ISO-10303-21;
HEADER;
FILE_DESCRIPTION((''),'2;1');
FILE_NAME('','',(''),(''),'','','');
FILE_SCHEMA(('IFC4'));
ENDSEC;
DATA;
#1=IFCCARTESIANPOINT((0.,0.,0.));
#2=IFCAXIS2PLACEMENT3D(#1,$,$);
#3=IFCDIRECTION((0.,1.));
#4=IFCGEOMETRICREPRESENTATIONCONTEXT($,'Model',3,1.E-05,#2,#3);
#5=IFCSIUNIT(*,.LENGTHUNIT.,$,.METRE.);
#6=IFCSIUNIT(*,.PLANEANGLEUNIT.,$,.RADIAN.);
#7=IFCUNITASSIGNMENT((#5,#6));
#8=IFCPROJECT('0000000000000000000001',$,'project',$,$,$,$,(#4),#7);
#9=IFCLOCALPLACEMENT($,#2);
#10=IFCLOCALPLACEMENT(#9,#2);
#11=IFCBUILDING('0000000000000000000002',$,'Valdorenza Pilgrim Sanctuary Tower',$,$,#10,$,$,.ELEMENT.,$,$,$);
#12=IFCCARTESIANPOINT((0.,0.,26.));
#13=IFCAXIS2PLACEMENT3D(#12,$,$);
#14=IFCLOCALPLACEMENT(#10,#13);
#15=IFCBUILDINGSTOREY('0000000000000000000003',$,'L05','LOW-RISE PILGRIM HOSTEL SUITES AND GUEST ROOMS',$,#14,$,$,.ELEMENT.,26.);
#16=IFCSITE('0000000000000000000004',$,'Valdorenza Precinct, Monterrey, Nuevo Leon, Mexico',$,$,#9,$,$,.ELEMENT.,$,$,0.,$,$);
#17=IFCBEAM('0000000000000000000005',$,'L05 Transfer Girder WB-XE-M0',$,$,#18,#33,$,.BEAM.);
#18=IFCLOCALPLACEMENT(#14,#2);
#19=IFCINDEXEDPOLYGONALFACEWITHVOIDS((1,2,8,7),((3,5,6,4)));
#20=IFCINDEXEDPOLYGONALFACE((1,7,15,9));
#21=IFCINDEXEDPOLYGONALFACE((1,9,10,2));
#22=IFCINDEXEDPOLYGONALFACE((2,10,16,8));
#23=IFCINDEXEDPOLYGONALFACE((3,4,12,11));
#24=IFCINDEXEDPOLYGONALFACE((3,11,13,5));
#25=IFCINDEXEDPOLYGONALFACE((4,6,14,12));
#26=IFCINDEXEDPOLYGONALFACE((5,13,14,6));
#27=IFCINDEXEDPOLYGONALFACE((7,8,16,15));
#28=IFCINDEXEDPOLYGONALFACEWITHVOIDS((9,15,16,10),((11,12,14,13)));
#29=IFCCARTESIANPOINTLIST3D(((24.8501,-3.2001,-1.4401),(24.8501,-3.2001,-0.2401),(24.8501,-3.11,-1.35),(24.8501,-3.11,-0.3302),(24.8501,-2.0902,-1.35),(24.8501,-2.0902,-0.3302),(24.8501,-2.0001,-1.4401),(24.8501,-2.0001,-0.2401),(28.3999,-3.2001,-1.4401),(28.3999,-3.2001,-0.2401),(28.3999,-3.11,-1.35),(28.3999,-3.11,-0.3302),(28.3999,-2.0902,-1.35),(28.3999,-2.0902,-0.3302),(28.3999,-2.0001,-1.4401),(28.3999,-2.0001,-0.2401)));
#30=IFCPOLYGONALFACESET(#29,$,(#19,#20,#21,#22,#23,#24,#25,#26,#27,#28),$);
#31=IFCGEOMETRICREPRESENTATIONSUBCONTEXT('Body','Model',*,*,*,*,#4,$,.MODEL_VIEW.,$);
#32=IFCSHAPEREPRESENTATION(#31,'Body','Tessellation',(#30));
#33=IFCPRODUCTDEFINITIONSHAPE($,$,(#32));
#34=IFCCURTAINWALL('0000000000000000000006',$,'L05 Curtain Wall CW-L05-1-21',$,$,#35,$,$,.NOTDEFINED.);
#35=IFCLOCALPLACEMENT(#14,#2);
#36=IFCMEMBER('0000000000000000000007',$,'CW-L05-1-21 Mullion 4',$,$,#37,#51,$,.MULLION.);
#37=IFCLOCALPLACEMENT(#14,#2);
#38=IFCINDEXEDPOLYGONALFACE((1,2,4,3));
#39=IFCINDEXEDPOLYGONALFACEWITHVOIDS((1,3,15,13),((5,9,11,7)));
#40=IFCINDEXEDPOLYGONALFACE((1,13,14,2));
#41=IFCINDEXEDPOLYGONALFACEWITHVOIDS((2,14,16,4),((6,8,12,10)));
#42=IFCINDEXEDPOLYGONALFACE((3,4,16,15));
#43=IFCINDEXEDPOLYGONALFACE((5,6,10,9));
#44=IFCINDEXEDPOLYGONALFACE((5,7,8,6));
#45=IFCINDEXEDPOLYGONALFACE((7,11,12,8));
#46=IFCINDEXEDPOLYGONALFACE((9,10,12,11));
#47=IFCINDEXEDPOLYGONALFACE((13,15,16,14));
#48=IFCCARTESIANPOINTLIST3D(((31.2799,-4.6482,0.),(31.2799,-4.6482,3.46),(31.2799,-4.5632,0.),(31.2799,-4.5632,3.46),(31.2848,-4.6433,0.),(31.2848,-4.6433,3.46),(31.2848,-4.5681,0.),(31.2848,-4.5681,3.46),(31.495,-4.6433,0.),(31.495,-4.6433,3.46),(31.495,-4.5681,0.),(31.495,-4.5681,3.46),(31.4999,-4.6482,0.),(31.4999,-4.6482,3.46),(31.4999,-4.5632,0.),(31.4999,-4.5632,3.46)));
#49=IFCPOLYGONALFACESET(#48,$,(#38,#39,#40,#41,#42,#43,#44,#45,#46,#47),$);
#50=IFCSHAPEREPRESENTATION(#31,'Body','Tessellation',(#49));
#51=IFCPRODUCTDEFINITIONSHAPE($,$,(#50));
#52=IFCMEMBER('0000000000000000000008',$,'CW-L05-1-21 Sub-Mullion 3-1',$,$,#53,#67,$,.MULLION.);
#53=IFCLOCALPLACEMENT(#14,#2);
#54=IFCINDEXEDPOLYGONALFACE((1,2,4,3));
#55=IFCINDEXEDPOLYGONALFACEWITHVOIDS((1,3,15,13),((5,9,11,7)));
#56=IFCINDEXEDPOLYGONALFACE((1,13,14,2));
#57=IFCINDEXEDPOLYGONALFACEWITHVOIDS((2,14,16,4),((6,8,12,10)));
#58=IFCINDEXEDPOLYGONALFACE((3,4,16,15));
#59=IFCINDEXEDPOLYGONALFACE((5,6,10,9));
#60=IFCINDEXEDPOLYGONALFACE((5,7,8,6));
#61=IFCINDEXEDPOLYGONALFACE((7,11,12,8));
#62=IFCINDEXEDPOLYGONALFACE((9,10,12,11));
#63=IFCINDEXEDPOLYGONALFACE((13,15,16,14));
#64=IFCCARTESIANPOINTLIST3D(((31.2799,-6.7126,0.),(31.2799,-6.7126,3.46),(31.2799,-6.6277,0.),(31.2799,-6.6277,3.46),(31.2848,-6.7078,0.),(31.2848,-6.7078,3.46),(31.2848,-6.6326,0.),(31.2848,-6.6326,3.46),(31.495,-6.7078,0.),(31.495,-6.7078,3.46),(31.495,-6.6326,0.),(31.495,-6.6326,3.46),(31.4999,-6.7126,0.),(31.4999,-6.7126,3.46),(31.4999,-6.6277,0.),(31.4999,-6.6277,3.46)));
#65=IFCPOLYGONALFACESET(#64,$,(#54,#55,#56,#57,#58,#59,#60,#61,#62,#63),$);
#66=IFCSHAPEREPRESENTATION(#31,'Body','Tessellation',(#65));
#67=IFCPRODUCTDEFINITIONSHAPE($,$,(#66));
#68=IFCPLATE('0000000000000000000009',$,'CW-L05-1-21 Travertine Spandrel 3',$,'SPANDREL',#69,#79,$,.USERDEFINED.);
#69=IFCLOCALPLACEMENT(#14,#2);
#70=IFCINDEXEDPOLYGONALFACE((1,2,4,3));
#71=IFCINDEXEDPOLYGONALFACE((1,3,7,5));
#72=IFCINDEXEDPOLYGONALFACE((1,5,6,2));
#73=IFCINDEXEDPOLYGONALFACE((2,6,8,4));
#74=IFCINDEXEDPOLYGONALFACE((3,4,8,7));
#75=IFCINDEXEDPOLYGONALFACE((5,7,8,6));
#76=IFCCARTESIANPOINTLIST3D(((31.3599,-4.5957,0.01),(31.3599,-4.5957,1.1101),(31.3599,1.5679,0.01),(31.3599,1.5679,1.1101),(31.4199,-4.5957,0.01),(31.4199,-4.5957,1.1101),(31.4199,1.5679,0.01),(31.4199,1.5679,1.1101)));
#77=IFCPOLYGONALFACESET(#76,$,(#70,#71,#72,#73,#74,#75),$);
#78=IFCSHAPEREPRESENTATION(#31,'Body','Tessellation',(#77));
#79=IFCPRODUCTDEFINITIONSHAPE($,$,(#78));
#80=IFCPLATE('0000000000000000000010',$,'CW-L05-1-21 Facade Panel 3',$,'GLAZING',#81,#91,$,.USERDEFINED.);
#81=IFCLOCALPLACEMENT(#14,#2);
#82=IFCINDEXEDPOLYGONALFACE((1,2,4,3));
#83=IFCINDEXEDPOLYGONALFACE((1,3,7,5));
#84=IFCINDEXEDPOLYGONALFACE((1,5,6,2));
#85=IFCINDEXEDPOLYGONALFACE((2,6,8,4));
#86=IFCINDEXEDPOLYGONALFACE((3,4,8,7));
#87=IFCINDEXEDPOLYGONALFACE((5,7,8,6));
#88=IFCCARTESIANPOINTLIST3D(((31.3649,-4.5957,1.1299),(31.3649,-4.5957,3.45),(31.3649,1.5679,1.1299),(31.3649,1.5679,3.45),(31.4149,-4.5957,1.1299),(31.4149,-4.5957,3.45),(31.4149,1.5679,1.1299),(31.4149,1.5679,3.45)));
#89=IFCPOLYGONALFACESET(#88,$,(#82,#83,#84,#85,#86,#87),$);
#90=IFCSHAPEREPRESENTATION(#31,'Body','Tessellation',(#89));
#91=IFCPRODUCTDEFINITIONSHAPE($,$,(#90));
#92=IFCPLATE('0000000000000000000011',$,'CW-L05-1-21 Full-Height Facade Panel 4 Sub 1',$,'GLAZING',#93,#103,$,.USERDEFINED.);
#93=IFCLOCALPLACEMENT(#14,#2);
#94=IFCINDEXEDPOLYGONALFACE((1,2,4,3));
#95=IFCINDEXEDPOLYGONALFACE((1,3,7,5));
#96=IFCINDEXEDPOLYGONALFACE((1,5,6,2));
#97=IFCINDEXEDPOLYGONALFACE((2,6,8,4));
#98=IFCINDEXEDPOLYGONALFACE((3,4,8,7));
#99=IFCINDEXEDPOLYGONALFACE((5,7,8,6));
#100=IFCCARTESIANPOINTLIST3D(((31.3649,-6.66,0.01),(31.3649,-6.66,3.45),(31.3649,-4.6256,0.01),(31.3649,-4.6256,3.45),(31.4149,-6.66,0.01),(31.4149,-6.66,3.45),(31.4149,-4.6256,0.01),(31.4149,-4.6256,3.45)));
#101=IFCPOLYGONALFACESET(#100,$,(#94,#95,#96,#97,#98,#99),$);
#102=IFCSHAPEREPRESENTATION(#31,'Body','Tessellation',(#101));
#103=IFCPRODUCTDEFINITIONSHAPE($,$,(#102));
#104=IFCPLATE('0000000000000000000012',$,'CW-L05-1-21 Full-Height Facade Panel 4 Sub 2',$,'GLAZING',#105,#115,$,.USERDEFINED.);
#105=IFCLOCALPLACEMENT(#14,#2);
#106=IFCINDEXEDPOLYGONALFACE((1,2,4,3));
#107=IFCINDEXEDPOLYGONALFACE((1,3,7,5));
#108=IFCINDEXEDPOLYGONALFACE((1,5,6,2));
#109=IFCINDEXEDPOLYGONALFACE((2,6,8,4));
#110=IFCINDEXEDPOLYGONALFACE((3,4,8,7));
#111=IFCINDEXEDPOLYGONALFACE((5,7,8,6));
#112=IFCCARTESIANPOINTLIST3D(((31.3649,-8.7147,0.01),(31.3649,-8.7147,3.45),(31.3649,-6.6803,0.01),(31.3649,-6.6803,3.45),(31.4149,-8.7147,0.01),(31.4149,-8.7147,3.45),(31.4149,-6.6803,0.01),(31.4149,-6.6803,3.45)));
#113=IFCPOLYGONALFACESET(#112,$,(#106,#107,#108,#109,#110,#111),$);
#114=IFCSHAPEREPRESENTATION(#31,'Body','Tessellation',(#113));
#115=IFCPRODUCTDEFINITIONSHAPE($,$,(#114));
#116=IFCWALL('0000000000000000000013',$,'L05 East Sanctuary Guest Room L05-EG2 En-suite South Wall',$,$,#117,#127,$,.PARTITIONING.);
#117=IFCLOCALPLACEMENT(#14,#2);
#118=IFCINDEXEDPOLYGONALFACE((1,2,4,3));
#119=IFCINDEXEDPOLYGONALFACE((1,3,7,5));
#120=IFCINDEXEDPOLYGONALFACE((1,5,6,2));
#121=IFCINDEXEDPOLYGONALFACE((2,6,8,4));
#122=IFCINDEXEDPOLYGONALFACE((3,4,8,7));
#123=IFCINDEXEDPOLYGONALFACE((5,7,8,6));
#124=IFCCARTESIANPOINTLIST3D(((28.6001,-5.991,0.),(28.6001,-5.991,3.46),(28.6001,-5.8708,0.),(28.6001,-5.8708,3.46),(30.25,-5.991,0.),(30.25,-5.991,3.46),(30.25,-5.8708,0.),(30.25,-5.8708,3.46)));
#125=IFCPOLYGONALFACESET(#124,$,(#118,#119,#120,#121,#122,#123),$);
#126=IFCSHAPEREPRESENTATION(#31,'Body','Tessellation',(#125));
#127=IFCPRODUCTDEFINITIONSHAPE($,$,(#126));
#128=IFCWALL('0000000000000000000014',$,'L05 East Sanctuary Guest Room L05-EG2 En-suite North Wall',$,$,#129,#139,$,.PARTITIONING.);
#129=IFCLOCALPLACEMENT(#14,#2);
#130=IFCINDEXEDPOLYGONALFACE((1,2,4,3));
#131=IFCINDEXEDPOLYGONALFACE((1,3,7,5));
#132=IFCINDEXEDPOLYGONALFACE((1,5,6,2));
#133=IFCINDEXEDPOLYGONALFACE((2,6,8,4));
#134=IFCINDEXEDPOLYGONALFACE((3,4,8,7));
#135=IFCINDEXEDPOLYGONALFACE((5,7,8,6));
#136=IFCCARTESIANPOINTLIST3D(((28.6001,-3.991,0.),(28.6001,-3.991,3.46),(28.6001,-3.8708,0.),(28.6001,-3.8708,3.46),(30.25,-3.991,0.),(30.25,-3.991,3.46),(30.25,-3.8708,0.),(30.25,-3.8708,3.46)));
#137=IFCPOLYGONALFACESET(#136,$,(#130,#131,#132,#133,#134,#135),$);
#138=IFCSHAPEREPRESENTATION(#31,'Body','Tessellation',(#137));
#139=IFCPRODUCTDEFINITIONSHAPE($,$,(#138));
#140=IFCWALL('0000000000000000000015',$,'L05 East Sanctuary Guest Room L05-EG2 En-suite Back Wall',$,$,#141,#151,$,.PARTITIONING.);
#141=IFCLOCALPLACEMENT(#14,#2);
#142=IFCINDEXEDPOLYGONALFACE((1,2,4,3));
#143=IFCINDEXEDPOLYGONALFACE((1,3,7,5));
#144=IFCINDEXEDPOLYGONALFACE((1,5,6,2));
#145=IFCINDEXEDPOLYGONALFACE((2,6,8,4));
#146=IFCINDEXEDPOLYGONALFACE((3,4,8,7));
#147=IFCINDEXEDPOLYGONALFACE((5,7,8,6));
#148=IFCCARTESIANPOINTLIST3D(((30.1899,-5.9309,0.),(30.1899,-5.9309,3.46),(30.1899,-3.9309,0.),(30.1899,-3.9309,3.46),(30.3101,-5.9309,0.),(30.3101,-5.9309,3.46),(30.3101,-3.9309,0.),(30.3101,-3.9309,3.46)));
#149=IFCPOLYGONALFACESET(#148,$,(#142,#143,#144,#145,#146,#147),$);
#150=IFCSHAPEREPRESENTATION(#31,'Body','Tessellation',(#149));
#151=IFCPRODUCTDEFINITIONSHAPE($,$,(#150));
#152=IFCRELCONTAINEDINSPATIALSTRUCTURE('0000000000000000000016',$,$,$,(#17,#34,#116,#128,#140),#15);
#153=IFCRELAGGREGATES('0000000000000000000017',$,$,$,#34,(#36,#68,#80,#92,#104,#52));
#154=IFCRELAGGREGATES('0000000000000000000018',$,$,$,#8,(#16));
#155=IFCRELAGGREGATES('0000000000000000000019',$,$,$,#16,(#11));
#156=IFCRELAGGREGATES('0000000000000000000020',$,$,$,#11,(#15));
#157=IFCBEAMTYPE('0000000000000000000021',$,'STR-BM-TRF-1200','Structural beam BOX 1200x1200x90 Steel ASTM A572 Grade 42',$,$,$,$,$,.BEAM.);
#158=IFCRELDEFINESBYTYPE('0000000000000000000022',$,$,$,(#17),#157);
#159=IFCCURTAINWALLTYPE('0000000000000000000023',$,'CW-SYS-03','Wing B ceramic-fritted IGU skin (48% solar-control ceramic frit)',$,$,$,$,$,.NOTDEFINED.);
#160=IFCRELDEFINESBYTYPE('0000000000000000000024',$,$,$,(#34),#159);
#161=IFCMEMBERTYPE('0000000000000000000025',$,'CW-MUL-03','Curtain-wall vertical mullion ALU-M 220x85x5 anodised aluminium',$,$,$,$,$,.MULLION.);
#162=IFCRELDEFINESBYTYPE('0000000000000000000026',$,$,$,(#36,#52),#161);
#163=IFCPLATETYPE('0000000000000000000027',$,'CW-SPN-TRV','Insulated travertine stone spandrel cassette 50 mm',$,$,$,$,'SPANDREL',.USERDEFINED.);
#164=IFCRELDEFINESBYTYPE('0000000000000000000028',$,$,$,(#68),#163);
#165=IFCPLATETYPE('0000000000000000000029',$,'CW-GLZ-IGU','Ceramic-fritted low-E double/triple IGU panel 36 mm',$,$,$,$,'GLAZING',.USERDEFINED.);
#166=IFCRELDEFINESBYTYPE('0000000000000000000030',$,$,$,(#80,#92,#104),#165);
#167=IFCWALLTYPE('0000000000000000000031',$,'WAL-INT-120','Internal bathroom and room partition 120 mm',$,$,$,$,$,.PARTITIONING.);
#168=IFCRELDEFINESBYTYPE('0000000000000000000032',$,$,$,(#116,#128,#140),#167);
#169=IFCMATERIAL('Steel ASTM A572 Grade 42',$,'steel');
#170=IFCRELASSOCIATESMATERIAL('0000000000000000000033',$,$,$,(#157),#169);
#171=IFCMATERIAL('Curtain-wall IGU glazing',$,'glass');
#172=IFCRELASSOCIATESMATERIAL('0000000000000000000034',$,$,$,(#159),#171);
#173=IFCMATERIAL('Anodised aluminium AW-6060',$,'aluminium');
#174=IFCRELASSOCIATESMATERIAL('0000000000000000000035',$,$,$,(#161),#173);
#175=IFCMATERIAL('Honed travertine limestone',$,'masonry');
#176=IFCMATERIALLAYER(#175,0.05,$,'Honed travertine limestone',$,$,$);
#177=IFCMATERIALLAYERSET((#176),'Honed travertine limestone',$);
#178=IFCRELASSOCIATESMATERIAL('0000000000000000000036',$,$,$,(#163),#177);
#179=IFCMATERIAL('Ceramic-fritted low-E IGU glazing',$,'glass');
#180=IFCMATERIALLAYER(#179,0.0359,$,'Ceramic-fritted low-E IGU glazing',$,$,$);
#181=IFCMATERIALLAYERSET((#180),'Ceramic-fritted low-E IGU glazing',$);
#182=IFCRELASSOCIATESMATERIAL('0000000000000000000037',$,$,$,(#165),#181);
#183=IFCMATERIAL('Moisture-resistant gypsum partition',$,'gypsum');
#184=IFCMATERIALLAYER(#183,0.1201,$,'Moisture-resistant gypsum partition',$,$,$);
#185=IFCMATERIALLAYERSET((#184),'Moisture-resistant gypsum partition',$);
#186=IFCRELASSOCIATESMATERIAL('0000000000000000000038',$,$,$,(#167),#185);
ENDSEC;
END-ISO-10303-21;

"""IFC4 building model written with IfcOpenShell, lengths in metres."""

from ifc_helpers import new_model, si_unit, direction, frame, frame_2d, origin, origin_2d, place, context, subcontext, project, spatial, rectangle, hollow_rectangle, extrude, source, transform, mapped, material, layer, layer_set, material_profile, profile_set, type_object, element, aggregate, save


model = new_model("IFC4")

# Units and contexts
model_context = context("Model", 3, precision=1e-05, world=origin(), true_north=direction((0.0, 1.0)))
body_context = subcontext(model_context, "Body", "Model", "MODEL_VIEW")
ifc_project = project(units=[si_unit("LENGTHUNIT", "METRE"), si_unit("PLANEANGLEUNIT", "RADIAN")], contexts=[model_context])

# Site, building, storey
site_placement = place(None, origin())
site = spatial("IfcSite", under=ifc_project, at=site_placement, Name="Valdorenza Precinct, Monterrey, Nuevo Leon, Mexico", CompositionType="ELEMENT", RefElevation=0.0)
building_placement = place(site_placement, origin())
building = spatial("IfcBuilding", under=site, at=building_placement, Name="Valdorenza Pilgrim Sanctuary Tower", CompositionType="ELEMENT")
storey_placement = place(building_placement, frame((0.0, 0.0, 26.0)))
storey = spatial("IfcBuildingStorey", under=building, at=storey_placement, Name="L05", Description="LOW-RISE PILGRIM HOSTEL SUITES AND GUEST ROOMS", CompositionType="ELEMENT", Elevation=26.0)

# Beam
ifc_material_1 = material(Name="Steel ASTM A572 Grade 42", Category="steel")
ifc_material_profile_1 = material_profile(ifc_material_1, hollow_rectangle(XDim=1.2, YDim=1.2, WallThickness=0.0901, at=origin_2d()), Name="BOX 1200x1200x90")
ifc_profile_set_1 = profile_set([ifc_material_profile_1], Name="Steel ASTM A572 Grade 42")
beam_type_1 = type_object("IfcBeamType", Name="STR-BM-TRF-1200", Description="Structural beam BOX 1200x1200x90 Steel ASTM A572 Grade 42", PredefinedType="BEAM", material=ifc_profile_set_1)
shared_shape_1 = source(origin(), body_context, "Body", "SweptSolid", [
    extrude(hollow_rectangle(XDim=1.2, YDim=1.2, WallThickness=0.0901, at=origin_2d()), origin(), (0.0, 0.0, 1.0), 3.5498),
])
beam_1_placement = place(storey_placement, frame((24.8501, -2.6001, -0.8401), z_axis=(1.0, 0.0, 0.0), x_axis=(0.0, 1.0, 0.0)))
element("IfcBeam", 1, at=beam_1_placement, inside=storey, type_object=beam_type_1, Name="L05 Transfer Girder WB-XE-M0", PredefinedType="BEAM", context=body_context, shape_type="MappedRepresentation", body=[
    mapped(shared_shape_1, transform((0.0, 0.0, 0.0), x_axis=(1.0, 0.0, 0.0), y_axis=(0.0, 1.0, 0.0), z_axis=(0.0, 0.0, 1.0), scale=1.0)),
])

# Curtain wall, members, plates
ifc_material_2 = material(Name="Curtain-wall IGU glazing", Category="glass")
curtain_wall_type = type_object("IfcCurtainWallType", Name="CW-SYS-03", Description="Wing B ceramic-fritted IGU skin (48% solar-control ceramic frit)", PredefinedType="NOTDEFINED", material=ifc_material_2)
curtain_wall_placement = place(storey_placement, origin())
curtain_wall = element("IfcCurtainWall", 2, at=curtain_wall_placement, inside=storey, type_object=curtain_wall_type, Name="L05 Curtain Wall CW-L05-1-21", PredefinedType="NOTDEFINED")
ifc_material_3 = material(Name="Anodised aluminium AW-6060", Category="aluminium")
ifc_material_profile_2 = material_profile(ifc_material_3, hollow_rectangle(XDim=0.085, YDim=0.22, WallThickness=0.0049, at=origin_2d()), Name="ALU-M 220x85x5")
ifc_profile_set_2 = profile_set([ifc_material_profile_2], Name="Anodised aluminium AW-6060")
member_type = type_object("IfcMemberType", Name="CW-MUL-03", Description="Curtain-wall vertical mullion ALU-M 220x85x5 anodised aluminium", PredefinedType="MULLION", material=ifc_profile_set_2)
shared_shape_2 = source(origin(), body_context, "Body", "SweptSolid", [
    extrude(hollow_rectangle(XDim=0.085, YDim=0.22, WallThickness=0.0049, at=origin_2d()), origin(), (0.0, 0.0, 1.0), 3.46),
])
member_1_placement = place(storey_placement, frame((31.3899, -4.6057, 0.0), z_axis=(0.0, 0.0, 1.0), x_axis=(0.0, -1.0, 0.0)))
member_1 = element("IfcMember", 3, at=member_1_placement, type_object=member_type, Name="CW-L05-1-21 Mullion 4", PredefinedType="MULLION", context=body_context, shape_type="MappedRepresentation", body=[
    mapped(shared_shape_2, transform((0.0, 0.0, 0.0), x_axis=(1.0, 0.0, 0.0), y_axis=(0.0, 1.0, 0.0), z_axis=(0.0, 0.0, 1.0), scale=1.0)),
])
member_2_placement = place(storey_placement, frame((31.3899, -6.6702, 0.0), z_axis=(0.0, 0.0, 1.0), x_axis=(0.0, -1.0, 0.0)))
member_2 = element("IfcMember", 4, at=member_2_placement, type_object=member_type, Name="CW-L05-1-21 Sub-Mullion 3-1", PredefinedType="MULLION", context=body_context, shape_type="MappedRepresentation", body=[
    mapped(shared_shape_2, transform((0.0, 0.0, 0.0), x_axis=(1.0, 0.0, 0.0), y_axis=(0.0, 1.0, 0.0), z_axis=(0.0, 0.0, 1.0), scale=1.0)),
])
ifc_material_4 = material(Name="Honed travertine limestone", Category="masonry")
ifc_layer_1 = layer(ifc_material_4, 0.05, Name="Honed travertine limestone")
ifc_layer_set_1 = layer_set([ifc_layer_1], Name="Honed travertine limestone")
plate_type_1 = type_object("IfcPlateType", Name="CW-SPN-TRV", Description="Insulated travertine stone spandrel cassette 50 mm", ElementType="SPANDREL", PredefinedType="USERDEFINED", material=ifc_layer_set_1)
shared_shape_3 = source(origin(), body_context, "Body", "SweptSolid", [
    extrude(rectangle(XDim=6.1636, YDim=0.0601, at=origin_2d()), origin(), (0.0, 0.0, 1.0), 1.1001),
])
plate_1_placement = place(storey_placement, frame((31.3899, -1.5139, 0.01), z_axis=(0.0, 0.0, 1.0), x_axis=(0.0, -1.0, 0.0)))
plate_1 = element("IfcPlate", 5, at=plate_1_placement, type_object=plate_type_1, Name="CW-L05-1-21 Travertine Spandrel 3", ObjectType="SPANDREL", PredefinedType="USERDEFINED", context=body_context, shape_type="MappedRepresentation", body=[
    mapped(shared_shape_3, transform((0.0, 0.0, 0.0), x_axis=(1.0, 0.0, 0.0), y_axis=(0.0, 1.0, 0.0), z_axis=(0.0, 0.0, 1.0), scale=1.0)),
])
ifc_material_5 = material(Name="Ceramic-fritted low-E IGU glazing", Category="glass")
ifc_layer_2 = layer(ifc_material_5, 0.0359, Name="Ceramic-fritted low-E IGU glazing")
ifc_layer_set_2 = layer_set([ifc_layer_2], Name="Ceramic-fritted low-E IGU glazing")
plate_type_2 = type_object("IfcPlateType", Name="CW-GLZ-IGU", Description="Ceramic-fritted low-E double/triple IGU panel 36 mm", ElementType="GLAZING", PredefinedType="USERDEFINED", material=ifc_layer_set_2)
shared_shape_4 = source(origin(), body_context, "Body", "SweptSolid", [
    extrude(rectangle(XDim=6.1636, YDim=0.05, at=origin_2d()), origin(), (0.0, 0.0, 1.0), 2.3201),
])
plate_2_placement = place(storey_placement, frame((31.3899, -1.5139, 1.1299), z_axis=(0.0, 0.0, 1.0), x_axis=(0.0, -1.0, 0.0)))
plate_2 = element("IfcPlate", 6, at=plate_2_placement, type_object=plate_type_2, Name="CW-L05-1-21 Facade Panel 3", ObjectType="GLAZING", PredefinedType="USERDEFINED", context=body_context, shape_type="MappedRepresentation", body=[
    mapped(shared_shape_4, transform((0.0, 0.0, 0.0), x_axis=(1.0, 0.0, 0.0), y_axis=(0.0, 1.0, 0.0), z_axis=(0.0, 0.0, 1.0), scale=1.0)),
])
shared_shape_5 = source(origin(), body_context, "Body", "SweptSolid", [
    extrude(rectangle(XDim=2.0344, YDim=0.05, at=origin_2d()), origin(), (0.0, 0.0, 1.0), 3.4399),
])
plate_3_placement = place(storey_placement, frame((31.3899, -5.6428, 0.01), z_axis=(0.0, 0.0, 1.0), x_axis=(0.0, -1.0, 0.0)))
plate_3 = element("IfcPlate", 7, at=plate_3_placement, type_object=plate_type_2, Name="CW-L05-1-21 Full-Height Facade Panel 4 Sub 1", ObjectType="GLAZING", PredefinedType="USERDEFINED", context=body_context, shape_type="MappedRepresentation", body=[
    mapped(shared_shape_5, transform((0.0, 0.0, 0.0), x_axis=(1.0, 0.0, 0.0), y_axis=(0.0, 1.0, 0.0), z_axis=(0.0, 0.0, 1.0), scale=1.0)),
])
plate_4_placement = place(storey_placement, frame((31.3899, -7.6975, 0.01), z_axis=(0.0, 0.0, 1.0), x_axis=(0.0, -1.0, 0.0)))
plate_4 = element("IfcPlate", 8, at=plate_4_placement, type_object=plate_type_2, Name="CW-L05-1-21 Full-Height Facade Panel 4 Sub 2", ObjectType="GLAZING", PredefinedType="USERDEFINED", context=body_context, shape_type="MappedRepresentation", body=[
    mapped(shared_shape_5, transform((0.0, 0.0, 0.0), x_axis=(1.0, 0.0, 0.0), y_axis=(0.0, 1.0, 0.0), z_axis=(0.0, 0.0, 1.0), scale=1.0)),
])
aggregate(curtain_wall, [member_1, plate_1, plate_2, plate_3, plate_4, member_2])

# Walls
ifc_material_6 = material(Name="Moisture-resistant gypsum partition", Category="gypsum")
ifc_layer_3 = layer(ifc_material_6, 0.1201, Name="Moisture-resistant gypsum partition")
ifc_layer_set_3 = layer_set([ifc_layer_3], Name="Moisture-resistant gypsum partition")
wall_type_1 = type_object("IfcWallType", Name="WAL-INT-120", Description="Internal bathroom and room partition 120 mm", PredefinedType="PARTITIONING", material=ifc_layer_set_3)
for number, where, z_axis, x_axis, name in (
    (9, (28.6001, -5.9309, 0.0), (0.0, 0.0, 1.0), (1.0, 0.0, 0.0), "L05 East Sanctuary Guest Room L05-EG2 En-suite South Wall"),
    (10, (28.6001, -3.9309, 0.0), (0.0, 0.0, 1.0), (1.0, 0.0, 0.0), "L05 East Sanctuary Guest Room L05-EG2 En-suite North Wall"),
):
    element("IfcWall", number, at=place(storey_placement, frame(where, z_axis=z_axis, x_axis=x_axis)), inside=storey, type_object=wall_type_1, Name=name, PredefinedType="PARTITIONING", context=body_context, shape_type="SweptSolid", body=[
        extrude(rectangle(XDim=1.6499, YDim=0.1201, at=frame_2d((0.825, 0.0))), origin(), (0.0, 0.0, 1.0), 3.46),
    ])
wall_1_placement = place(storey_placement, frame((30.25, -5.9309, 0.0), z_axis=(0.0, 0.0, 1.0), x_axis=(0.0, 1.0, 0.0)))
element("IfcWall", 11, at=wall_1_placement, inside=storey, type_object=wall_type_1, Name="L05 East Sanctuary Guest Room L05-EG2 En-suite Back Wall", PredefinedType="PARTITIONING", context=body_context, shape_type="SweptSolid", body=[
    extrude(rectangle(XDim=2.0, YDim=0.1201, at=frame_2d((1.0, 0.0))), origin(), (0.0, 0.0, 1.0), 3.46),
])

save(model, "model.ifc")
